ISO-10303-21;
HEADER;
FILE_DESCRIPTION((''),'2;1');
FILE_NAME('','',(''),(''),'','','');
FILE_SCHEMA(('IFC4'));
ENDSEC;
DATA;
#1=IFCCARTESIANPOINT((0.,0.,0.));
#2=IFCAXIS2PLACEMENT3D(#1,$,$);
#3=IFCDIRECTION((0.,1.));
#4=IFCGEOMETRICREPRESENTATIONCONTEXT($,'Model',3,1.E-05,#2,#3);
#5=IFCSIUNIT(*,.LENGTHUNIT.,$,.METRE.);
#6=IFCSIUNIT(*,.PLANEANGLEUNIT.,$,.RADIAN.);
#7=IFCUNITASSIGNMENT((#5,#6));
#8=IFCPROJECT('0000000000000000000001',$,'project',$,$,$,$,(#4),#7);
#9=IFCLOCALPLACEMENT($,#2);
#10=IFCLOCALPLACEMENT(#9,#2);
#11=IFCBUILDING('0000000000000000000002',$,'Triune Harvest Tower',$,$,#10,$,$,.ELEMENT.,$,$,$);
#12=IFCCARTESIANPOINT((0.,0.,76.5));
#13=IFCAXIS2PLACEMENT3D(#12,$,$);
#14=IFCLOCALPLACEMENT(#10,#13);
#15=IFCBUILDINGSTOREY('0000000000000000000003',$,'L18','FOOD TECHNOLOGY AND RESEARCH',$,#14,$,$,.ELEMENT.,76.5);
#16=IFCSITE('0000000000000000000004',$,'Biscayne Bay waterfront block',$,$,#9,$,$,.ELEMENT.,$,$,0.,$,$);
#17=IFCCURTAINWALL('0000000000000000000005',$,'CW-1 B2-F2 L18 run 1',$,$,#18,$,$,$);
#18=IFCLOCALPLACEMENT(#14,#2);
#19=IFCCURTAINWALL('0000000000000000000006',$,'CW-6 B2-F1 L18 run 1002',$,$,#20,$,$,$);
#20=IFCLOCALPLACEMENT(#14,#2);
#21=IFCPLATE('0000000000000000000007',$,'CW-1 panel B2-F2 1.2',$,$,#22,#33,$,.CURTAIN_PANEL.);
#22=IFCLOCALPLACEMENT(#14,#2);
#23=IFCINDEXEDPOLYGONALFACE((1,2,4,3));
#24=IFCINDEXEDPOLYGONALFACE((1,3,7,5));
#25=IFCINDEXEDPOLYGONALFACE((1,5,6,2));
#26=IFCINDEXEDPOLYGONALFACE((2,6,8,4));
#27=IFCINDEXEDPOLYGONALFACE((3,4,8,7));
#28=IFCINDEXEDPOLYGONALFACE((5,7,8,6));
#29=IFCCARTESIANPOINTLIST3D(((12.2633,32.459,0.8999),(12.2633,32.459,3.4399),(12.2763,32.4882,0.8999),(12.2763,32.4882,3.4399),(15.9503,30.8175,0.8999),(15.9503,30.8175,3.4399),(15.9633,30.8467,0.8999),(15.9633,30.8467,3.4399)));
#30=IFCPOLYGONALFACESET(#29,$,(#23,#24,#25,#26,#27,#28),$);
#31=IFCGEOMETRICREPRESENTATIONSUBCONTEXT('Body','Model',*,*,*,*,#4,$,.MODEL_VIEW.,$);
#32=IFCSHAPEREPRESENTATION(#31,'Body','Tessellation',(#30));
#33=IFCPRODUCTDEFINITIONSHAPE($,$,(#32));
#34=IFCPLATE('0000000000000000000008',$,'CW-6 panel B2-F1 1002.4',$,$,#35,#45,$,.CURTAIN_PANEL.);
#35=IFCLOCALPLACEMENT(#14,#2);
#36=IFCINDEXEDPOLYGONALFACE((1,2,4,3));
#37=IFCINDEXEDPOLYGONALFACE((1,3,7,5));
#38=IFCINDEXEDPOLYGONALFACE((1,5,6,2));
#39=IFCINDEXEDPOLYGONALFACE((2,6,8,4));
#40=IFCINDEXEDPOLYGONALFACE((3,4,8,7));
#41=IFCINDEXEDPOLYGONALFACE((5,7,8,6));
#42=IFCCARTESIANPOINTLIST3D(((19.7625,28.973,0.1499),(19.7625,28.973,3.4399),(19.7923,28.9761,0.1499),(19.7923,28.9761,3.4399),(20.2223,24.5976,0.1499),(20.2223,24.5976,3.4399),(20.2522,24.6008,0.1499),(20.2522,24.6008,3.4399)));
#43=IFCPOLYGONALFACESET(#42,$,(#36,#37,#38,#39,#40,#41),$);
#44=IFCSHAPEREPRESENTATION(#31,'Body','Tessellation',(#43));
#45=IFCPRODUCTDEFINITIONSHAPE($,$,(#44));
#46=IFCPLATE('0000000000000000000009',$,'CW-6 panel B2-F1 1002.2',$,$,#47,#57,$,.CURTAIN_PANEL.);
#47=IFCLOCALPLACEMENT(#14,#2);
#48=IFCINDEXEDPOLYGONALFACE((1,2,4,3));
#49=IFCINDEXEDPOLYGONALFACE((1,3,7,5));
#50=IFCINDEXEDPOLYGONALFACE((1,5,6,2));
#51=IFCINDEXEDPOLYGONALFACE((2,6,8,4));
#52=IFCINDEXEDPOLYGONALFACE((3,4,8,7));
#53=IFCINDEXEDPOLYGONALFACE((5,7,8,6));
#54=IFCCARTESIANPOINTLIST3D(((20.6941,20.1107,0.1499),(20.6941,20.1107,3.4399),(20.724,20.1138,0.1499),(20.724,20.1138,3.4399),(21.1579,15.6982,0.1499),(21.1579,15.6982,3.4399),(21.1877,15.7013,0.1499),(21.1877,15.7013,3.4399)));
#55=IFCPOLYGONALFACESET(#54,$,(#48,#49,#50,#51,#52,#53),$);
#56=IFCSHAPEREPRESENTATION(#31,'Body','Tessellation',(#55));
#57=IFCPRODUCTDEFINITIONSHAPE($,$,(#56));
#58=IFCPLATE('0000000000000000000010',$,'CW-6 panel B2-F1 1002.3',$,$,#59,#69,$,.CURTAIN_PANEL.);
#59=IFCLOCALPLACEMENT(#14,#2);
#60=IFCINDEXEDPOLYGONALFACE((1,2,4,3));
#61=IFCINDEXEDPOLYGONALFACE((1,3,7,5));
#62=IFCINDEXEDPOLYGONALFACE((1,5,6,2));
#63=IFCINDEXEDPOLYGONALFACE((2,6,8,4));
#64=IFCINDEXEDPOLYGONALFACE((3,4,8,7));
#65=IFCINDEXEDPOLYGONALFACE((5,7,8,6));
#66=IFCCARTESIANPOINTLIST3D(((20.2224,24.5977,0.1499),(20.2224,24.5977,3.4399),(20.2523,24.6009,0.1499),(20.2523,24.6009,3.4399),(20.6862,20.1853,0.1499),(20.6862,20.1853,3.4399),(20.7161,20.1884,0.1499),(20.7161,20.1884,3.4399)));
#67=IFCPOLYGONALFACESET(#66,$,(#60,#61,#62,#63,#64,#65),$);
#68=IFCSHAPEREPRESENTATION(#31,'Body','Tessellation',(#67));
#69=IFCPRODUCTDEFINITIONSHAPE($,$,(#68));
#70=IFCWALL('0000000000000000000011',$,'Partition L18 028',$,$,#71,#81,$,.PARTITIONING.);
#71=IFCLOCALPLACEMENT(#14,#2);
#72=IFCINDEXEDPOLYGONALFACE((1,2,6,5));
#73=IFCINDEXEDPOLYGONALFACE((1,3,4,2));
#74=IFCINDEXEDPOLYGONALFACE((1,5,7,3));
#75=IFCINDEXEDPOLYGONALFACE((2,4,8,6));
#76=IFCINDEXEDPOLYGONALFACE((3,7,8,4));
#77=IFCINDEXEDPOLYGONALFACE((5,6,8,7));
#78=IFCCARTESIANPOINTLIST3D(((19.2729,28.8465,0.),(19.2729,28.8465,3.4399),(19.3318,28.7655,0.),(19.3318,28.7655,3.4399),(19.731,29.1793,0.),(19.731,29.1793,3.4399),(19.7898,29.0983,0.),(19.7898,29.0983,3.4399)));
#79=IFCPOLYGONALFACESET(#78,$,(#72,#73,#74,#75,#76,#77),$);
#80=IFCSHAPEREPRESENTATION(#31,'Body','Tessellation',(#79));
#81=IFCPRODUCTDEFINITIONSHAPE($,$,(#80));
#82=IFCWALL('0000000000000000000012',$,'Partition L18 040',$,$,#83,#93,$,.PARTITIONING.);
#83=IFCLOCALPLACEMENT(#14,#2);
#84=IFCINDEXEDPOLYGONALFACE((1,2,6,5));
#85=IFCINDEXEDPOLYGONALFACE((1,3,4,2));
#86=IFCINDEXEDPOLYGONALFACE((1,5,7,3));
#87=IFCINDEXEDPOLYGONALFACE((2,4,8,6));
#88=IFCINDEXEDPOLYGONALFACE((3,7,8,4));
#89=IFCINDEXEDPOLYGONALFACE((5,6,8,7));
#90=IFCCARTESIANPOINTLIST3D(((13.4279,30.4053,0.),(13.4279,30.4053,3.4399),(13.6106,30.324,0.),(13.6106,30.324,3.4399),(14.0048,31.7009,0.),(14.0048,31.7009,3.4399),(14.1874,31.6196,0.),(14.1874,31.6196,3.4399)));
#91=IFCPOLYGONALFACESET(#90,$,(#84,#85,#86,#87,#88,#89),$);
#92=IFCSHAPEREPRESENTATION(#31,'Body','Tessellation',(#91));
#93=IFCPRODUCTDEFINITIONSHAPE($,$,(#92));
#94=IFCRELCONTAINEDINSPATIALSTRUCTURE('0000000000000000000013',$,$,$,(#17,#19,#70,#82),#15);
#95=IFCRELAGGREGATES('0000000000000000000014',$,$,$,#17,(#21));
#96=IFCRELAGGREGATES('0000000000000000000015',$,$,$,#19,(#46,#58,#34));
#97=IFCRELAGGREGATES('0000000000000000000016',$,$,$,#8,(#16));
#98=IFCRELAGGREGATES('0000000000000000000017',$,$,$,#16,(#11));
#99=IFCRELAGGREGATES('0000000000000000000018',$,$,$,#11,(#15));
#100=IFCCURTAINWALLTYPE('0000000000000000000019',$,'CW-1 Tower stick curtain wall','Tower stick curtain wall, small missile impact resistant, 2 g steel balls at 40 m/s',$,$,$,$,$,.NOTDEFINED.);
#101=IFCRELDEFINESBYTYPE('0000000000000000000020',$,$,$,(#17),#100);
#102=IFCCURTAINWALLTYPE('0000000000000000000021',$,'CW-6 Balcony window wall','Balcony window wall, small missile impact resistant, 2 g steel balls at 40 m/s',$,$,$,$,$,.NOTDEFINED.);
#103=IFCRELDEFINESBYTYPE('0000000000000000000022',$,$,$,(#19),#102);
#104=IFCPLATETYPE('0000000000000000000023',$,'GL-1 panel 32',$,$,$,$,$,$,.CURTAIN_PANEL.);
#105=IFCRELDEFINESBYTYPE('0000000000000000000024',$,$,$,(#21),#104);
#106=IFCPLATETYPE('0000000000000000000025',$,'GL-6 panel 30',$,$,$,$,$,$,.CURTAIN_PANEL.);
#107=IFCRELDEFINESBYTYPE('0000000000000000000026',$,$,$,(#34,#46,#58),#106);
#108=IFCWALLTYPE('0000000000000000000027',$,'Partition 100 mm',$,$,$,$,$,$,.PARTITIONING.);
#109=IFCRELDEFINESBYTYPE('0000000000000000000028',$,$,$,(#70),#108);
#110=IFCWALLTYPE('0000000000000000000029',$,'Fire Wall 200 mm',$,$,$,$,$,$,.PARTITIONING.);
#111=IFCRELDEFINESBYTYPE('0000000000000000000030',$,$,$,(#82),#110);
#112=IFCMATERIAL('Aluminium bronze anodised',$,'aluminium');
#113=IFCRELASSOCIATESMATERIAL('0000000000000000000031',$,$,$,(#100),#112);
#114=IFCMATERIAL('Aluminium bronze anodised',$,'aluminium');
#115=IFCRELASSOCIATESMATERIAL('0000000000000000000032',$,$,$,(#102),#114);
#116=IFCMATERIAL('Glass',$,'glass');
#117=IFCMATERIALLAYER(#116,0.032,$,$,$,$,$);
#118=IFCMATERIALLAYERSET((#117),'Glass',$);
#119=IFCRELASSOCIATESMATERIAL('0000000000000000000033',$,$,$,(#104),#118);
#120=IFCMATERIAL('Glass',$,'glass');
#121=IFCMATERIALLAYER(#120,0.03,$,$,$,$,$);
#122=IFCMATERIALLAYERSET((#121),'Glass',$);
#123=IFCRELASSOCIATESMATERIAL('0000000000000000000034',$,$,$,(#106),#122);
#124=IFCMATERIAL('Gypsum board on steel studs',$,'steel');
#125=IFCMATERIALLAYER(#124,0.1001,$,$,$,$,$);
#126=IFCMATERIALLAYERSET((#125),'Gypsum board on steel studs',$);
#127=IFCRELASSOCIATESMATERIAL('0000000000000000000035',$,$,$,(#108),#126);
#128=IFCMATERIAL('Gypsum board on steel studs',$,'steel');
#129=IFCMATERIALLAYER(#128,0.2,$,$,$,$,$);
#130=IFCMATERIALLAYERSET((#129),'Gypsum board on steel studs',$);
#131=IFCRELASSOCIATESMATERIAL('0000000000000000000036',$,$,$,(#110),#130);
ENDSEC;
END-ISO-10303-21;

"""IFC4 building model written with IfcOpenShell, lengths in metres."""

from ifc_helpers import new_model, si_unit, direction, frame, frame_2d, origin, origin_2d, place, context, subcontext, project, spatial, rectangle, extrude, source, transform, mapped, material, layer, layer_set, type_object, element, aggregate, save


model = new_model("IFC4")

# Units and contexts
model_context = context("Model", 3, precision=1e-05, world=origin(), true_north=direction((0.0, 1.0)))
body_context = subcontext(model_context, "Body", "Model", "MODEL_VIEW")
ifc_project = project(units=[si_unit("LENGTHUNIT", "METRE"), si_unit("PLANEANGLEUNIT", "RADIAN")], contexts=[model_context])

# Site, building, storey
site_placement = place(None, origin())
site = spatial("IfcSite", under=ifc_project, at=site_placement, Name="Biscayne Bay waterfront block", CompositionType="ELEMENT", RefElevation=0.0)
building_placement = place(site_placement, origin())
building = spatial("IfcBuilding", under=site, at=building_placement, Name="Triune Harvest Tower", CompositionType="ELEMENT")
storey_placement = place(building_placement, frame((0.0, 0.0, 76.5)))
storey = spatial("IfcBuildingStorey", under=building, at=storey_placement, Name="L18", Description="FOOD TECHNOLOGY AND RESEARCH", CompositionType="ELEMENT", Elevation=76.5)

# Curtain walls
ifc_material_1 = material(Name="Aluminium bronze anodised", Category="aluminium")
curtain_wall_type_1 = type_object("IfcCurtainWallType", Name="CW-1 Tower stick curtain wall", Description="Tower stick curtain wall, small missile impact resistant, 2 g steel balls at 40 m/s", PredefinedType="NOTDEFINED", material=ifc_material_1)
curtain_wall_1_placement = place(storey_placement, origin())
curtain_wall_1 = element("IfcCurtainWall", 1, at=curtain_wall_1_placement, inside=storey, type_object=curtain_wall_type_1, Name="CW-1 B2-F2 L18 run 1")
ifc_material_2 = material(Name="Aluminium bronze anodised", Category="aluminium")
curtain_wall_type_2 = type_object("IfcCurtainWallType", Name="CW-6 Balcony window wall", Description="Balcony window wall, small missile impact resistant, 2 g steel balls at 40 m/s", PredefinedType="NOTDEFINED", material=ifc_material_2)
curtain_wall_2_placement = place(storey_placement, origin())
curtain_wall_2 = element("IfcCurtainWall", 2, at=curtain_wall_2_placement, inside=storey, type_object=curtain_wall_type_2, Name="CW-6 B2-F1 L18 run 1002")

# Plates
ifc_material_3 = material(Name="Glass", Category="glass")
ifc_layer_1 = layer(ifc_material_3, 0.032)
ifc_layer_set_1 = layer_set([ifc_layer_1], Name="Glass")
plate_type_1 = type_object("IfcPlateType", Name="GL-1 panel 32", PredefinedType="CURTAIN_PANEL", material=ifc_layer_set_1)
shared_shape_1 = source(origin(), body_context, "Body", "SweptSolid", [
    extrude(rectangle(XDim=4.0359, YDim=0.032, at=origin_2d()), origin(), (0.0, 0.0, 1.0), 2.54),
])
plate_1_placement = place(storey_placement, frame((14.1133, 31.6528, 0.8999), z_axis=(0.0, 0.0, 1.0), x_axis=(-0.913547, 0.406734, 0.0)))
plate_1 = element("IfcPlate", 3, at=plate_1_placement, type_object=plate_type_1, Name="CW-1 panel B2-F2 1.2", PredefinedType="CURTAIN_PANEL", context=body_context, shape_type="MappedRepresentation", body=[
    mapped(shared_shape_1, transform((0.0, 0.0, 0.0), scale=1.0)),
])
aggregate(curtain_wall_1, [plate_1])
ifc_material_4 = material(Name="Glass", Category="glass")
ifc_layer_2 = layer(ifc_material_4, 0.03)
ifc_layer_set_2 = layer_set([ifc_layer_2], Name="Glass")
plate_type_2 = type_object("IfcPlateType", Name="GL-6 panel 30", PredefinedType="CURTAIN_PANEL", material=ifc_layer_set_2)
shared_shape_2 = source(origin(), body_context, "Body", "SweptSolid", [
    extrude(rectangle(XDim=4.3994, YDim=0.03, at=origin_2d()), origin(), (0.0, 0.0, 1.0), 3.29),
])
plate_2_placement = place(storey_placement, frame((20.0073, 26.7869, 0.1499), z_axis=(0.0, 0.0, 1.0), x_axis=(-0.104529, 0.994522, 0.0)))
plate_2 = element("IfcPlate", 4, at=plate_2_placement, type_object=plate_type_2, Name="CW-6 panel B2-F1 1002.4", PredefinedType="CURTAIN_PANEL", context=body_context, shape_type="MappedRepresentation", body=[
    mapped(shared_shape_2, transform((0.0, 0.0, 0.0), scale=1.0)),
])
shared_shape_3 = source(origin(), body_context, "Body", "SweptSolid", [
    extrude(rectangle(XDim=4.4368, YDim=0.03, at=origin_2d()), origin(), (0.0, 0.0, 1.0), 3.29),
])
plate_3_placement = place(storey_placement, frame((20.9409, 17.906, 0.1499), z_axis=(0.0, 0.0, 1.0), x_axis=(-0.104529, 0.994522, 0.0)))
plate_3 = element("IfcPlate", 5, at=plate_3_placement, type_object=plate_type_2, Name="CW-6 panel B2-F1 1002.2", PredefinedType="CURTAIN_PANEL", context=body_context, shape_type="MappedRepresentation", body=[
    mapped(shared_shape_3, transform((0.0, 0.0, 0.0), scale=1.0)),
])
plate_4_placement = place(storey_placement, frame((20.4692, 22.3931, 0.1499), z_axis=(0.0, 0.0, 1.0), x_axis=(-0.104529, 0.994522, 0.0)))
plate_4 = element("IfcPlate", 6, at=plate_4_placement, type_object=plate_type_2, Name="CW-6 panel B2-F1 1002.3", PredefinedType="CURTAIN_PANEL", context=body_context, shape_type="MappedRepresentation", body=[
    mapped(shared_shape_3, transform((0.0, 0.0, 0.0), scale=1.0)),
])
aggregate(curtain_wall_2, [plate_3, plate_4, plate_2])

# Walls
ifc_material_5 = material(Name="Gypsum board on steel studs", Category="steel")
ifc_layer_3 = layer(ifc_material_5, 0.1001)
ifc_layer_set_3 = layer_set([ifc_layer_3], Name="Gypsum board on steel studs")
wall_type_1 = type_object("IfcWallType", Name="Partition 100 mm", PredefinedType="PARTITIONING", material=ifc_layer_set_3)
shared_shape_4 = source(origin(), body_context, "Body", "SweptSolid", [
    extrude(rectangle(XDim=0.5662, YDim=0.1001, at=frame_2d((0.2832, 0.0))), origin(), (0.0, 0.0, 1.0), 3.4399),
])
wall_1_placement = place(storey_placement, frame((19.3022, 28.8059, 0.0), z_axis=(0.0, 0.0, 1.0), x_axis=(0.809016, 0.587787, 0.0)))
element("IfcWall", 7, at=wall_1_placement, inside=storey, type_object=wall_type_1, Name="Partition L18 028", PredefinedType="PARTITIONING", context=body_context, shape_type="MappedRepresentation", body=[
    mapped(shared_shape_4, transform((0.0, 0.0, 0.0), scale=1.0)),
])
ifc_material_6 = material(Name="Gypsum board on steel studs", Category="steel")
ifc_layer_4 = layer(ifc_material_6, 0.2)
ifc_layer_set_4 = layer_set([ifc_layer_4], Name="Gypsum board on steel studs")
wall_type_2 = type_object("IfcWallType", Name="Fire Wall 200 mm", PredefinedType="PARTITIONING", material=ifc_layer_set_4)
shared_shape_5 = source(origin(), body_context, "Body", "SweptSolid", [
    extrude(rectangle(XDim=1.4182, YDim=0.2, at=frame_2d((0.709, 0.0))), origin(), (0.0, 0.0, 1.0), 3.4399),
])
wall_2_placement = place(storey_placement, frame((13.5193, 30.3647, 0.0), z_axis=(0.0, 0.0, 1.0), x_axis=(0.406761, 0.913534, 0.0)))
element("IfcWall", 8, at=wall_2_placement, inside=storey, type_object=wall_type_2, Name="Partition L18 040", PredefinedType="PARTITIONING", context=body_context, shape_type="MappedRepresentation", body=[
    mapped(shared_shape_5, transform((0.0, 0.0, 0.0), scale=1.0)),
])

save(model, "model.ifc")
